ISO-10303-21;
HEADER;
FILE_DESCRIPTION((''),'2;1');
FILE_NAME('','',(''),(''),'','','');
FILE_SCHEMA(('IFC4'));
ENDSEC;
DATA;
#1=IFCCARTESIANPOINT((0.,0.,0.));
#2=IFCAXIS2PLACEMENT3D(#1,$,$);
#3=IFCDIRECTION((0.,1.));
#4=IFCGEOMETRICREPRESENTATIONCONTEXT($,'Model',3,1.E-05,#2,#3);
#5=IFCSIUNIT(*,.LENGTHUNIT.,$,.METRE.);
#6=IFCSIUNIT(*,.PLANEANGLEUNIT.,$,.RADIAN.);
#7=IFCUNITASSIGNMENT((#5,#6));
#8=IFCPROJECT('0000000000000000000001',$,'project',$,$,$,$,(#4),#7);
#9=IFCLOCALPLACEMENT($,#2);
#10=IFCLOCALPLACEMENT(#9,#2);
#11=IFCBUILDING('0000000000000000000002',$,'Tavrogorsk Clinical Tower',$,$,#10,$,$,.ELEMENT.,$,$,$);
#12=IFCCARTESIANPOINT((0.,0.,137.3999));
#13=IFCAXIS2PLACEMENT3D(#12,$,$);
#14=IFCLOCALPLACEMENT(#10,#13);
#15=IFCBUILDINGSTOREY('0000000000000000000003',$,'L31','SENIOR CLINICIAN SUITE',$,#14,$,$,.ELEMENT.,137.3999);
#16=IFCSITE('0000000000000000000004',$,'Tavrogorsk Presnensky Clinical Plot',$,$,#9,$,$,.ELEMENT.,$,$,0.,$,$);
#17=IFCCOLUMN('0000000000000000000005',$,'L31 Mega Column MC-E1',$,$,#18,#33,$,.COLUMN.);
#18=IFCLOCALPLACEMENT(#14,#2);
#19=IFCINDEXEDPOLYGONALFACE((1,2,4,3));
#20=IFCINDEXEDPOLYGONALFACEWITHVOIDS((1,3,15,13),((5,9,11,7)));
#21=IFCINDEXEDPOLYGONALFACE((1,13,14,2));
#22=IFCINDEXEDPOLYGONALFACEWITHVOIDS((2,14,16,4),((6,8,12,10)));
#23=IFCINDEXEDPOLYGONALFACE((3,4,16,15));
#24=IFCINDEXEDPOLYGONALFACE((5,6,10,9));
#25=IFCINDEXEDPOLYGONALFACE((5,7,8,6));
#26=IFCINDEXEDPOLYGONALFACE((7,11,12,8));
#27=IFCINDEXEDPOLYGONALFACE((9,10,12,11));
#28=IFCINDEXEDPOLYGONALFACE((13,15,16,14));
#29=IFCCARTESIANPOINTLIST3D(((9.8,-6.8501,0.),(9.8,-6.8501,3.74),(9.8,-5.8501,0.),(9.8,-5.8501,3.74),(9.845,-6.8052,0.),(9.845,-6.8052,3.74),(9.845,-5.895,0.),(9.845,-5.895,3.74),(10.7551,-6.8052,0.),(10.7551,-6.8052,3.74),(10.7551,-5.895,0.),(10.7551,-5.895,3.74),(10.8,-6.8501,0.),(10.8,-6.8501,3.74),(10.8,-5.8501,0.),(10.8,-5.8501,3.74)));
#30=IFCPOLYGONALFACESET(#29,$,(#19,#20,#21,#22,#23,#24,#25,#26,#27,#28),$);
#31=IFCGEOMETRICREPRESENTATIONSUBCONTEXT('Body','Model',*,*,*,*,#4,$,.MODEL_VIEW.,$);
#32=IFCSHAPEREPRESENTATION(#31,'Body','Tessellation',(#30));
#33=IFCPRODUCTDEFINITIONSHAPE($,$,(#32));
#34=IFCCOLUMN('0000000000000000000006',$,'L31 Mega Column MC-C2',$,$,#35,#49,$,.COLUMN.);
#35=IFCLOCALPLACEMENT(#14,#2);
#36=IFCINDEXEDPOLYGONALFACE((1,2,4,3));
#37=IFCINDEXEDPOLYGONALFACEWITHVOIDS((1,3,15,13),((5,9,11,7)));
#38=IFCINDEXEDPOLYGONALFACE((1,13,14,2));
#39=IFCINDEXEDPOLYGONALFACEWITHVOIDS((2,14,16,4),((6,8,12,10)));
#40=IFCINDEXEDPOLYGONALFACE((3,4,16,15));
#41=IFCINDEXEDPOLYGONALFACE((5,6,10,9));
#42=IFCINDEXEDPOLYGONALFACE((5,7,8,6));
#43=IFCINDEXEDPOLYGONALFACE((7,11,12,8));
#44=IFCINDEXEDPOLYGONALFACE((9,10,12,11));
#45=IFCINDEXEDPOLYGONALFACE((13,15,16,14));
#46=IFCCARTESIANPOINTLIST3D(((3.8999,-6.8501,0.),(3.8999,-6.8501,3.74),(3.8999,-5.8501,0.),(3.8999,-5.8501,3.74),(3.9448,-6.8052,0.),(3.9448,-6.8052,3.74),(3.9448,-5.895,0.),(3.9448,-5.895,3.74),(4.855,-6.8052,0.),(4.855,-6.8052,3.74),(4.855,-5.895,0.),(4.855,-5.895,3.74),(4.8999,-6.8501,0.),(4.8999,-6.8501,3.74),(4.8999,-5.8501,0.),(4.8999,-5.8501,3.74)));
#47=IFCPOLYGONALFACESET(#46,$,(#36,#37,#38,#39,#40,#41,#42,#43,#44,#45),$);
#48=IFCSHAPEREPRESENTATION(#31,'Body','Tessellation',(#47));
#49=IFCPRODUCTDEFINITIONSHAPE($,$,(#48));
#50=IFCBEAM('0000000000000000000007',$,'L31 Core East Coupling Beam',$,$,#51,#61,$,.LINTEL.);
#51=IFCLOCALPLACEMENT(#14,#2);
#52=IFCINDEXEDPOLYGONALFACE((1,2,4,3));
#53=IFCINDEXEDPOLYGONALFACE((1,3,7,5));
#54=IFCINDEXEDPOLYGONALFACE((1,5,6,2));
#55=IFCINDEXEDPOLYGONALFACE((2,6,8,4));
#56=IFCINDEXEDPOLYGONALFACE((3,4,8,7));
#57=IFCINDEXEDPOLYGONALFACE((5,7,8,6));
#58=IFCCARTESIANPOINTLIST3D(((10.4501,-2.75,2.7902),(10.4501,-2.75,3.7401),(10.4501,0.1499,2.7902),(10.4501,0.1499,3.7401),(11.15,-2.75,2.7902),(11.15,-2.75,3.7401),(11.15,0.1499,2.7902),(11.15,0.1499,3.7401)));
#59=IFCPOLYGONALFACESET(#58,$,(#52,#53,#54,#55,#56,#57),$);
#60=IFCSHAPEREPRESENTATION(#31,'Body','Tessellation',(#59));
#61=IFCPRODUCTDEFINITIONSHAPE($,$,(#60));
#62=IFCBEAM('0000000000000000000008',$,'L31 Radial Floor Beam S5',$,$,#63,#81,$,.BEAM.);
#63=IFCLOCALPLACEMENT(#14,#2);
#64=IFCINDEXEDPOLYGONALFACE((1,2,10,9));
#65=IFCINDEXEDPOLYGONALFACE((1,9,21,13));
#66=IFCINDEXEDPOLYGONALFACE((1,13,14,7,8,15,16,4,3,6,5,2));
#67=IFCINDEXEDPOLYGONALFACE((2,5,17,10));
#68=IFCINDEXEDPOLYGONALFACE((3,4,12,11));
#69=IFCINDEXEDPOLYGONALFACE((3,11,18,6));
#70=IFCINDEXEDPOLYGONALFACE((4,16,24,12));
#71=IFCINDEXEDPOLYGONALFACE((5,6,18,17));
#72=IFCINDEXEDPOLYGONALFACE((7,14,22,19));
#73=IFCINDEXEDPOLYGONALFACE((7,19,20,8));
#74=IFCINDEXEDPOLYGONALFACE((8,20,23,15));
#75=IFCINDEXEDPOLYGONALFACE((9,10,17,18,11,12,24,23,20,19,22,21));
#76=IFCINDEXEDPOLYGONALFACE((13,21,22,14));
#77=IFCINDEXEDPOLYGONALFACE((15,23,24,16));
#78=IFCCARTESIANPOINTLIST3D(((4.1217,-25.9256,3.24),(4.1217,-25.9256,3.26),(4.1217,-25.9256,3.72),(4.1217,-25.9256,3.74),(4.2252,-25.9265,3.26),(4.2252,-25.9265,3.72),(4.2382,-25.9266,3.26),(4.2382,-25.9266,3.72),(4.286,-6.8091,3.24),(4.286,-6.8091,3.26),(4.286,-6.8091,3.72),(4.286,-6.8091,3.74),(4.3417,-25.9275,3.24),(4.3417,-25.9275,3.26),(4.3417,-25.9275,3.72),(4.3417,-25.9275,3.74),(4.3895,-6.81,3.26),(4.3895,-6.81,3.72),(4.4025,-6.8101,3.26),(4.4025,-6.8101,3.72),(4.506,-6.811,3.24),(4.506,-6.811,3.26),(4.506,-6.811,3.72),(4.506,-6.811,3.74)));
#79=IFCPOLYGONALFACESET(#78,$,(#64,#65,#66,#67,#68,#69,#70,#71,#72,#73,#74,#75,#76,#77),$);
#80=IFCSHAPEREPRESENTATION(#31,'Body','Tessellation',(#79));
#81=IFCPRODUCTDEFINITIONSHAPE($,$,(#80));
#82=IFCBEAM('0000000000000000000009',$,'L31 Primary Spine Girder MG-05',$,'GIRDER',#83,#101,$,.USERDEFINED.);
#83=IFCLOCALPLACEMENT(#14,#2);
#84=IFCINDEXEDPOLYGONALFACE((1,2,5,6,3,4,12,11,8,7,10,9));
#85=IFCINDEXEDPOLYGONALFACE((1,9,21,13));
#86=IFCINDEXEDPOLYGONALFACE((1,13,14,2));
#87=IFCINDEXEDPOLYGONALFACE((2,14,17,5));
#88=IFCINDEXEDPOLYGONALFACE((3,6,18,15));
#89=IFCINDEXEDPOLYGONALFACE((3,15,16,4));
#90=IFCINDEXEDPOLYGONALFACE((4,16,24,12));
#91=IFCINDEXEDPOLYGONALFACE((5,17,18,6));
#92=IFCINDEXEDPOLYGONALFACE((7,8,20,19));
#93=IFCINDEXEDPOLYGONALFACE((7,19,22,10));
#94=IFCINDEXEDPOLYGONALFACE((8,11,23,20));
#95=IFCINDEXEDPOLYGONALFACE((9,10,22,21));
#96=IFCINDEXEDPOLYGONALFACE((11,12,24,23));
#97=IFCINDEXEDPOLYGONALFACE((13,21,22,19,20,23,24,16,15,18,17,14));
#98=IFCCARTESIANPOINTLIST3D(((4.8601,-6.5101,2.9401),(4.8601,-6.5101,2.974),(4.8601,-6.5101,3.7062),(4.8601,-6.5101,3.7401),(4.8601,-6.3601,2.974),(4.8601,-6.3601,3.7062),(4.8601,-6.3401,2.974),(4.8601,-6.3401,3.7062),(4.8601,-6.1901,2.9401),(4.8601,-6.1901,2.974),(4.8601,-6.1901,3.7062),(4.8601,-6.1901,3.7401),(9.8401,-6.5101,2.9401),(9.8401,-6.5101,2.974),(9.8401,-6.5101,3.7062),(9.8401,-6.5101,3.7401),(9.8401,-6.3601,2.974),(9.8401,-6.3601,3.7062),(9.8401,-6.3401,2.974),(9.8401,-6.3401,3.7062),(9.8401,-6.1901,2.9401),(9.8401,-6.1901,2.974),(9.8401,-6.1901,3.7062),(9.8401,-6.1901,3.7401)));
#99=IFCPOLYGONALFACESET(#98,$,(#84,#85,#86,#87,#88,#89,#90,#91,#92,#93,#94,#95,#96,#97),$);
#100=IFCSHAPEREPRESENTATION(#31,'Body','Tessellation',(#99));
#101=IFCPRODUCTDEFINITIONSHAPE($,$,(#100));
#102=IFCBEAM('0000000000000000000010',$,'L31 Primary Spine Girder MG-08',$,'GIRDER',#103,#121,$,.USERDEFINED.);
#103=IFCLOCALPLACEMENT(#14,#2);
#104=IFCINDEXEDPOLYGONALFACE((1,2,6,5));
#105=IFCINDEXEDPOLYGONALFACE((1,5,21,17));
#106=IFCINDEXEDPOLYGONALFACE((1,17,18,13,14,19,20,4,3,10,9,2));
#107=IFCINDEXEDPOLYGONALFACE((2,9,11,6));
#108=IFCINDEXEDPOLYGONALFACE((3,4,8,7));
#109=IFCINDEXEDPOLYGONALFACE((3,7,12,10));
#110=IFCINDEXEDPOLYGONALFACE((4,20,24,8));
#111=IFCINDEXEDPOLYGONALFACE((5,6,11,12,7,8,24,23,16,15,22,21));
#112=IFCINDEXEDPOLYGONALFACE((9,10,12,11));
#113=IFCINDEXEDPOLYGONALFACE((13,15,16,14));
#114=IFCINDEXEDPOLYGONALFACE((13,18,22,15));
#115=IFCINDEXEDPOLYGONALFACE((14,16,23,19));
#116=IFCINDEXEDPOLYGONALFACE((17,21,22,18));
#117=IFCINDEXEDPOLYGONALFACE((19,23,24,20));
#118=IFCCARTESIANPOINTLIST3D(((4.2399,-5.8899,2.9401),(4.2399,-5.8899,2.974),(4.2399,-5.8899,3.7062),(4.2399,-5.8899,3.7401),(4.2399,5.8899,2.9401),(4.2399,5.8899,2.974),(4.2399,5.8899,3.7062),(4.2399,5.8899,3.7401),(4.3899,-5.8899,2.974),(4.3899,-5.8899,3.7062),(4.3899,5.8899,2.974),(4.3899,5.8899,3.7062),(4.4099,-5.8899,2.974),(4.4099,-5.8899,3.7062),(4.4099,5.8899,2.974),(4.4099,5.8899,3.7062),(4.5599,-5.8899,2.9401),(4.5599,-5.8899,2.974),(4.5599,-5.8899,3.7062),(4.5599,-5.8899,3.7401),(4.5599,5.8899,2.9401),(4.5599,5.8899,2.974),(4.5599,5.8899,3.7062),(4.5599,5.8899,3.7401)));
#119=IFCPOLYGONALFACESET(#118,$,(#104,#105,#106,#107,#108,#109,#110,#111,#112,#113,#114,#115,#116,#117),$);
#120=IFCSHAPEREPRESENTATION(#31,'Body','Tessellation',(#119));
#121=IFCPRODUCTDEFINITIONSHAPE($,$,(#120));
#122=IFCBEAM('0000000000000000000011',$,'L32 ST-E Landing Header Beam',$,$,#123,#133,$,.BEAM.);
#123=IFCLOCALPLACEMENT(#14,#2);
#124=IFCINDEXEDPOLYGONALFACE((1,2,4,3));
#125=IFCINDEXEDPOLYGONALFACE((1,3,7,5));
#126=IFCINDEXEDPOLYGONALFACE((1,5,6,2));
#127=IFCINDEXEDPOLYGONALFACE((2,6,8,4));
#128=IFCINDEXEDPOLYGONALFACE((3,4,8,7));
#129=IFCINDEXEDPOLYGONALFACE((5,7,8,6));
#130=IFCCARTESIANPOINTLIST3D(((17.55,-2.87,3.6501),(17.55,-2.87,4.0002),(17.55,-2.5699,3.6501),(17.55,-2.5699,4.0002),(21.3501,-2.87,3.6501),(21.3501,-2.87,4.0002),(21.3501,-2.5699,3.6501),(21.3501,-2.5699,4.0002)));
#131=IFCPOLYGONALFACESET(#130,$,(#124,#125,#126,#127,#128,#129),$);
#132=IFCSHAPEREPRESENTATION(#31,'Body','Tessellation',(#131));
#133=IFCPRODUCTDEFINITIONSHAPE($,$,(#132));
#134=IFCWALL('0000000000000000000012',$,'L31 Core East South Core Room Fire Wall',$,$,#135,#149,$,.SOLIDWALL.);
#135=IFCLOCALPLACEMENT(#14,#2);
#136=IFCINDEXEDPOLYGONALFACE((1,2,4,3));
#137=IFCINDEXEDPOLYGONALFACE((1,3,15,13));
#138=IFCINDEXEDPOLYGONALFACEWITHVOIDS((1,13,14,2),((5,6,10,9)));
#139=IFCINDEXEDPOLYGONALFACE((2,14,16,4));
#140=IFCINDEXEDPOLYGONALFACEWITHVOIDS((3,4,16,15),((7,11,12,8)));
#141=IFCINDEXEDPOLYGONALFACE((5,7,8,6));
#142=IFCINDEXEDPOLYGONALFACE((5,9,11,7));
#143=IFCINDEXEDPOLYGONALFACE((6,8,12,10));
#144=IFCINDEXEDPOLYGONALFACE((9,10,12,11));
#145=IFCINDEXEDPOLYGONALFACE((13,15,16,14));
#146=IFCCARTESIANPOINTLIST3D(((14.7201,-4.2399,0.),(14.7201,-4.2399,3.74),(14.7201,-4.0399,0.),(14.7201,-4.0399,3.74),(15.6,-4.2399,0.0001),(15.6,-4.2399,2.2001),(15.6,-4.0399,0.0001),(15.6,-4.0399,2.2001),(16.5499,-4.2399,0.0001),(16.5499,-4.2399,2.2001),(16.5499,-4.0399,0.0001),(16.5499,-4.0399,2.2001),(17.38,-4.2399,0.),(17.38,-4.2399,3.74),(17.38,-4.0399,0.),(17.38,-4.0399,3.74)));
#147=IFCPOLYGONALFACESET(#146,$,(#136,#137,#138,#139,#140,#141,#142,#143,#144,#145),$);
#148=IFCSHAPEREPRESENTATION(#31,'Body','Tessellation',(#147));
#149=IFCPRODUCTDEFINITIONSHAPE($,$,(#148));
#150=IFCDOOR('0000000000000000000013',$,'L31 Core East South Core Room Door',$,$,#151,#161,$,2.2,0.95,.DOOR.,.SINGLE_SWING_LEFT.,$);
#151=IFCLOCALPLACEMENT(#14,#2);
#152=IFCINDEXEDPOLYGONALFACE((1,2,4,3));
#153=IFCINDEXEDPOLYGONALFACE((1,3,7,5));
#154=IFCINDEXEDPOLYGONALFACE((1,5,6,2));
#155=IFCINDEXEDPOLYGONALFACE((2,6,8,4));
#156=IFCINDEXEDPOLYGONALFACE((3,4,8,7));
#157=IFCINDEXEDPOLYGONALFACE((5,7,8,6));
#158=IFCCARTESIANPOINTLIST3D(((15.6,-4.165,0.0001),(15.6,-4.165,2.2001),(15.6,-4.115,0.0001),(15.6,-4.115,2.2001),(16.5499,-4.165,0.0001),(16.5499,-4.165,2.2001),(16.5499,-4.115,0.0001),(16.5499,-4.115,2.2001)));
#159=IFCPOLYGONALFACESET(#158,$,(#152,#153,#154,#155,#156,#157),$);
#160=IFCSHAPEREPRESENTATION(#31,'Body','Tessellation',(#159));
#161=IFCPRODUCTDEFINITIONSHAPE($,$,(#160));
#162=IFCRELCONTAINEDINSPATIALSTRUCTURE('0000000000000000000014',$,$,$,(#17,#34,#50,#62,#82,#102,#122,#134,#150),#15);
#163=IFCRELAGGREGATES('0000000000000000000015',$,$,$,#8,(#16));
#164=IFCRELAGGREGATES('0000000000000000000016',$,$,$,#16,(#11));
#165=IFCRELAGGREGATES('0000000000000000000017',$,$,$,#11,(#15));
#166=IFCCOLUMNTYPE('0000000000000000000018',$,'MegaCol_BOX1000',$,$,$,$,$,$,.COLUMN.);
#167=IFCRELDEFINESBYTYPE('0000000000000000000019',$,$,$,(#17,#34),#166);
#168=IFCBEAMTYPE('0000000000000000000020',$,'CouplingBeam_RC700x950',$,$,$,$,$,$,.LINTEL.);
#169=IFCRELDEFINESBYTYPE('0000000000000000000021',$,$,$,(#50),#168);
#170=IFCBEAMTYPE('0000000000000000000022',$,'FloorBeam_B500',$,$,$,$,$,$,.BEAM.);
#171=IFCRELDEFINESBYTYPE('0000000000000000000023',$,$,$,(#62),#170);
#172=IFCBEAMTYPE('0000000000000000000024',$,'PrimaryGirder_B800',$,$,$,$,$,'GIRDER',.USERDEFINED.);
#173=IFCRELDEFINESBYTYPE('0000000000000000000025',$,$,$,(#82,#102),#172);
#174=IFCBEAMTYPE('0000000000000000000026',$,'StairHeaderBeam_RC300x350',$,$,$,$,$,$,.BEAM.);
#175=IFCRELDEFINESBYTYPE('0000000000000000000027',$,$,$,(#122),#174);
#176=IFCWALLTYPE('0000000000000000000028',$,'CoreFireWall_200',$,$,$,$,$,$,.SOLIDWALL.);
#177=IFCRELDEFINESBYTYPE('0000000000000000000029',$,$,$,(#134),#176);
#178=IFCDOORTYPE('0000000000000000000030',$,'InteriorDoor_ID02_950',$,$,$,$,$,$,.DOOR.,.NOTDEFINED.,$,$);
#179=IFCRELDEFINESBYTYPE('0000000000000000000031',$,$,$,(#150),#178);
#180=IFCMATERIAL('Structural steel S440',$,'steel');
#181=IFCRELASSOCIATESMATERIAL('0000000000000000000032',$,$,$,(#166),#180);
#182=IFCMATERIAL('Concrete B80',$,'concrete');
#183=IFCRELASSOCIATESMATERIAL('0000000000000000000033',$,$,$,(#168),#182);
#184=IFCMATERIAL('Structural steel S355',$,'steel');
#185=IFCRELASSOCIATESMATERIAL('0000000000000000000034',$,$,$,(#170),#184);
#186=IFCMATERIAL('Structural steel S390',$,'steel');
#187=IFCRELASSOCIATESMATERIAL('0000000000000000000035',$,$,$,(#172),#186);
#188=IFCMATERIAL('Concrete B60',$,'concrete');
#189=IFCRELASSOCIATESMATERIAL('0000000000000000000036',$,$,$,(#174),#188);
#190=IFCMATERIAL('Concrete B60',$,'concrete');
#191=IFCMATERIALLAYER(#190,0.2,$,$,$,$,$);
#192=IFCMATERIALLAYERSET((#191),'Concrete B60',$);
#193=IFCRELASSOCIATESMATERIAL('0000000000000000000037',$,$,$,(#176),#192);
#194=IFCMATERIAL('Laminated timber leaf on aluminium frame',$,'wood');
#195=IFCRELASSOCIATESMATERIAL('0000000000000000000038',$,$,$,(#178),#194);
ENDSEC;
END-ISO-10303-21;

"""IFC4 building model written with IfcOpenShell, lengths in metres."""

from ifc_helpers import new_model, si_unit, direction, frame, frame_2d, origin, origin_2d, place, context, subcontext, project, spatial, rectangle, hollow_rectangle, i_section, extrude, material, layer, layer_set, material_profile, profile_set, type_object, element, fill, save


model = new_model("IFC4")

# Units and contexts
model_context = context("Model", 3, precision=1e-05, world=origin(), true_north=direction((0.0, 1.0)))
body_context = subcontext(model_context, "Body", "Model", "MODEL_VIEW")
ifc_project = project(units=[si_unit("LENGTHUNIT", "METRE"), si_unit("PLANEANGLEUNIT", "RADIAN")], contexts=[model_context])

# Site, building, storey
site_placement = place(None, origin())
site = spatial("IfcSite", under=ifc_project, at=site_placement, Name="Tavrogorsk Presnensky Clinical Plot", CompositionType="ELEMENT", RefElevation=0.0)
building_placement = place(site_placement, origin())
building = spatial("IfcBuilding", under=site, at=building_placement, Name="Tavrogorsk Clinical Tower", CompositionType="ELEMENT")
storey_placement = place(building_placement, frame((0.0, 0.0, 137.3999)))
storey = spatial("IfcBuildingStorey", under=building, at=storey_placement, Name="L31", Description="SENIOR CLINICIAN SUITE", CompositionType="ELEMENT", Elevation=137.3999)

# Columns
ifc_material_1 = material(Name="Structural steel S440", Category="steel")
ifc_material_profile_1 = material_profile(ifc_material_1, hollow_rectangle(XDim=1.0, YDim=1.0, WallThickness=0.0449, at=origin_2d()), Name="BOX-1000x1000x45")
ifc_profile_set_1 = profile_set([ifc_material_profile_1], Name="Structural steel S440")
column_type = type_object("IfcColumnType", Name="MegaCol_BOX1000", PredefinedType="COLUMN", material=ifc_profile_set_1)
for number, where, z_axis, x_axis, name in (
    (1, (10.3, -6.3501, 0.0), (0.0, 0.0, 1.0), (1.0, 0.0, 0.0), "L31 Mega Column MC-E1"),
    (2, (4.3999, -6.3501, 0.0), (0.0, 0.0, 1.0), (1.0, 0.0, 0.0), "L31 Mega Column MC-C2"),
):
    element("IfcColumn", number, at=place(storey_placement, frame(where, z_axis=z_axis, x_axis=x_axis)), inside=storey, type_object=column_type, Name=name, PredefinedType="COLUMN", context=body_context, shape_type="SweptSolid", body=[
        extrude(hollow_rectangle(XDim=1.0, YDim=1.0, WallThickness=0.0449, at=origin_2d()), origin(), (0.0, 0.0, 1.0), 3.74),
    ])

# Beams
ifc_material_2 = material(Name="Concrete B80", Category="concrete")
ifc_material_profile_2 = material_profile(ifc_material_2, rectangle(XDim=0.7, YDim=0.95, at=origin_2d()), Name="RC-CB-700x950")
ifc_profile_set_2 = profile_set([ifc_material_profile_2], Name="Concrete B80")
beam_type_1 = type_object("IfcBeamType", Name="CouplingBeam_RC700x950", PredefinedType="LINTEL", material=ifc_profile_set_2)
beam_1_placement = place(storey_placement, frame((10.8, -2.75, 3.2651), z_axis=(0.0, 1.0, 0.0), x_axis=(-1.0, 0.0, 0.0)))
element("IfcBeam", 3, at=beam_1_placement, inside=storey, type_object=beam_type_1, Name="L31 Core East Coupling Beam", PredefinedType="LINTEL", context=body_context, shape_type="SweptSolid", body=[
    extrude(rectangle(XDim=0.7, YDim=0.95, at=origin_2d()), origin(), (0.0, 0.0, 1.0), 2.8999),
])
ifc_material_3 = material(Name="Structural steel S355", Category="steel")
ifc_material_profile_3 = material_profile(ifc_material_3, i_section(OverallWidth=0.22, OverallDepth=0.5, WebThickness=0.0129, FlangeThickness=0.02, at=origin_2d()), Name="B-500x220x13x20")
ifc_profile_set_3 = profile_set([ifc_material_profile_3], Name="Structural steel S355")
beam_type_2 = type_object("IfcBeamType", Name="FloorBeam_B500", PredefinedType="BEAM", material=ifc_profile_set_3)
beam_2_placement = place(storey_placement, frame((4.396, -6.8101, 3.49), z_axis=(-0.008595, -0.999963, 0.0), x_axis=(0.999963, -0.008595, 0.0)))
element("IfcBeam", 4, at=beam_2_placement, inside=storey, type_object=beam_type_2, Name="L31 Radial Floor Beam S5", PredefinedType="BEAM", context=body_context, shape_type="SweptSolid", body=[
    extrude(i_section(OverallWidth=0.22, OverallDepth=0.5, WebThickness=0.0129, FlangeThickness=0.02, at=origin_2d()), origin(), (0.0, 0.0, 1.0), 19.1172),
])
ifc_material_4 = material(Name="Structural steel S390", Category="steel")
ifc_material_profile_4 = material_profile(ifc_material_4, i_section(OverallWidth=0.3201, OverallDepth=0.8, WebThickness=0.02, FlangeThickness=0.0339, at=origin_2d()), Name="B-800x320x20x34")
ifc_profile_set_4 = profile_set([ifc_material_profile_4], Name="Structural steel S390")
beam_type_3 = type_object("IfcBeamType", Name="PrimaryGirder_B800", ElementType="GIRDER", PredefinedType="USERDEFINED", material=ifc_profile_set_4)
beam_3_placement = place(storey_placement, frame((4.8601, -6.3501, 3.3401), z_axis=(1.0, 0.0, 0.0), x_axis=(0.0, 1.0, 0.0)))
element("IfcBeam", 5, at=beam_3_placement, inside=storey, type_object=beam_type_3, Name="L31 Primary Spine Girder MG-05", ObjectType="GIRDER", PredefinedType="USERDEFINED", context=body_context, shape_type="SweptSolid", body=[
    extrude(i_section(OverallWidth=0.3201, OverallDepth=0.8, WebThickness=0.02, FlangeThickness=0.0339, at=origin_2d()), origin(), (0.0, 0.0, 1.0), 4.98),
])
beam_4_placement = place(storey_placement, frame((4.3999, -5.8899, 3.3401), z_axis=(0.0, 1.0, 0.0), x_axis=(-1.0, 0.0, 0.0)))
element("IfcBeam", 6, at=beam_4_placement, inside=storey, type_object=beam_type_3, Name="L31 Primary Spine Girder MG-08", ObjectType="GIRDER", PredefinedType="USERDEFINED", context=body_context, shape_type="SweptSolid", body=[
    extrude(i_section(OverallWidth=0.3201, OverallDepth=0.8, WebThickness=0.02, FlangeThickness=0.0339, at=origin_2d()), origin(), (0.0, 0.0, 1.0), 11.7798),
])
ifc_material_5 = material(Name="Concrete B60", Category="concrete")
ifc_material_profile_5 = material_profile(ifc_material_5, rectangle(XDim=0.3, YDim=0.3501, at=origin_2d()), Name="RC-SHB-300x350")
ifc_profile_set_5 = profile_set([ifc_material_profile_5], Name="Concrete B60")
beam_type_4 = type_object("IfcBeamType", Name="StairHeaderBeam_RC300x350", PredefinedType="BEAM", material=ifc_profile_set_5)
beam_5_placement = place(storey_placement, frame((17.55, -2.72, 3.8252), z_axis=(1.0, 0.0, 0.0), x_axis=(0.0, 1.0, 0.0)))
element("IfcBeam", 7, at=beam_5_placement, inside=storey, type_object=beam_type_4, Name="L32 ST-E Landing Header Beam", PredefinedType="BEAM", context=body_context, shape_type="SweptSolid", body=[
    extrude(rectangle(XDim=0.3, YDim=0.3501, at=origin_2d()), origin(), (0.0, 0.0, 1.0), 3.8),
])

# Wall, opening, door
ifc_material_6 = material(Name="Concrete B60", Category="concrete")
ifc_layer_1 = layer(ifc_material_6, 0.2)
ifc_layer_set_1 = layer_set([ifc_layer_1], Name="Concrete B60")
wall_type_1 = type_object("IfcWallType", Name="CoreFireWall_200", PredefinedType="SOLIDWALL", material=ifc_layer_set_1)
wall_1_placement = place(storey_placement, frame((14.72, -4.1399, 0.0), z_axis=(0.0, 0.0, 1.0), x_axis=(1.0, 0.0, 0.0)))
wall_1 = element("IfcWall", 8, at=wall_1_placement, inside=storey, type_object=wall_type_1, Name="L31 Core East South Core Room Fire Wall", PredefinedType="SOLIDWALL", context=body_context, shape_type="SweptSolid", body=[
    extrude(rectangle(XDim=2.6599, YDim=0.2, at=frame_2d((1.3301, 0.0))), origin(), (0.0, 0.0, 1.0), 3.74),
])
opening_1_placement = place(wall_1_placement, frame((0.8799, 0.0, 0.0)))
opening_1 = element("IfcOpeningElement", 9, at=opening_1_placement, cuts=wall_1, PredefinedType="OPENING", context=body_context, shape_type="SweptSolid", body=[
    extrude(rectangle(XDim=0.95, YDim=2.2, at=frame_2d((0.4751, 1.1001))), frame((0.0, 0.1099, 0.0), z_axis=(0.0, -1.0, 0.0), x_axis=(1.0, 0.0, 0.0)), (0.0, 0.0, 1.0), 0.22),
])
ifc_material_7 = material(Name="Laminated timber leaf on aluminium frame", Category="wood")
door_type_1 = type_object("IfcDoorType", Name="InteriorDoor_ID02_950", OperationType="NOTDEFINED", PredefinedType="DOOR", material=ifc_material_7)
door_1_placement = place(opening_1_placement, origin())
door_1 = element("IfcDoor", 10, at=door_1_placement, inside=storey, type_object=door_type_1, Name="L31 Core East South Core Room Door", OperationType="SINGLE_SWING_LEFT", OverallHeight=2.2, OverallWidth=0.95, PredefinedType="DOOR", context=body_context, shape_type="SweptSolid", body=[
    extrude(rectangle(XDim=0.95, YDim=2.2, at=frame_2d((0.4751, 1.1001))), frame((0.0, 0.0249, 0.0), z_axis=(0.0, -1.0, 0.0), x_axis=(1.0, 0.0, 0.0)), (0.0, 0.0, 1.0), 0.05),
])
fill(opening_1, door_1)

save(model, "model.ifc")
